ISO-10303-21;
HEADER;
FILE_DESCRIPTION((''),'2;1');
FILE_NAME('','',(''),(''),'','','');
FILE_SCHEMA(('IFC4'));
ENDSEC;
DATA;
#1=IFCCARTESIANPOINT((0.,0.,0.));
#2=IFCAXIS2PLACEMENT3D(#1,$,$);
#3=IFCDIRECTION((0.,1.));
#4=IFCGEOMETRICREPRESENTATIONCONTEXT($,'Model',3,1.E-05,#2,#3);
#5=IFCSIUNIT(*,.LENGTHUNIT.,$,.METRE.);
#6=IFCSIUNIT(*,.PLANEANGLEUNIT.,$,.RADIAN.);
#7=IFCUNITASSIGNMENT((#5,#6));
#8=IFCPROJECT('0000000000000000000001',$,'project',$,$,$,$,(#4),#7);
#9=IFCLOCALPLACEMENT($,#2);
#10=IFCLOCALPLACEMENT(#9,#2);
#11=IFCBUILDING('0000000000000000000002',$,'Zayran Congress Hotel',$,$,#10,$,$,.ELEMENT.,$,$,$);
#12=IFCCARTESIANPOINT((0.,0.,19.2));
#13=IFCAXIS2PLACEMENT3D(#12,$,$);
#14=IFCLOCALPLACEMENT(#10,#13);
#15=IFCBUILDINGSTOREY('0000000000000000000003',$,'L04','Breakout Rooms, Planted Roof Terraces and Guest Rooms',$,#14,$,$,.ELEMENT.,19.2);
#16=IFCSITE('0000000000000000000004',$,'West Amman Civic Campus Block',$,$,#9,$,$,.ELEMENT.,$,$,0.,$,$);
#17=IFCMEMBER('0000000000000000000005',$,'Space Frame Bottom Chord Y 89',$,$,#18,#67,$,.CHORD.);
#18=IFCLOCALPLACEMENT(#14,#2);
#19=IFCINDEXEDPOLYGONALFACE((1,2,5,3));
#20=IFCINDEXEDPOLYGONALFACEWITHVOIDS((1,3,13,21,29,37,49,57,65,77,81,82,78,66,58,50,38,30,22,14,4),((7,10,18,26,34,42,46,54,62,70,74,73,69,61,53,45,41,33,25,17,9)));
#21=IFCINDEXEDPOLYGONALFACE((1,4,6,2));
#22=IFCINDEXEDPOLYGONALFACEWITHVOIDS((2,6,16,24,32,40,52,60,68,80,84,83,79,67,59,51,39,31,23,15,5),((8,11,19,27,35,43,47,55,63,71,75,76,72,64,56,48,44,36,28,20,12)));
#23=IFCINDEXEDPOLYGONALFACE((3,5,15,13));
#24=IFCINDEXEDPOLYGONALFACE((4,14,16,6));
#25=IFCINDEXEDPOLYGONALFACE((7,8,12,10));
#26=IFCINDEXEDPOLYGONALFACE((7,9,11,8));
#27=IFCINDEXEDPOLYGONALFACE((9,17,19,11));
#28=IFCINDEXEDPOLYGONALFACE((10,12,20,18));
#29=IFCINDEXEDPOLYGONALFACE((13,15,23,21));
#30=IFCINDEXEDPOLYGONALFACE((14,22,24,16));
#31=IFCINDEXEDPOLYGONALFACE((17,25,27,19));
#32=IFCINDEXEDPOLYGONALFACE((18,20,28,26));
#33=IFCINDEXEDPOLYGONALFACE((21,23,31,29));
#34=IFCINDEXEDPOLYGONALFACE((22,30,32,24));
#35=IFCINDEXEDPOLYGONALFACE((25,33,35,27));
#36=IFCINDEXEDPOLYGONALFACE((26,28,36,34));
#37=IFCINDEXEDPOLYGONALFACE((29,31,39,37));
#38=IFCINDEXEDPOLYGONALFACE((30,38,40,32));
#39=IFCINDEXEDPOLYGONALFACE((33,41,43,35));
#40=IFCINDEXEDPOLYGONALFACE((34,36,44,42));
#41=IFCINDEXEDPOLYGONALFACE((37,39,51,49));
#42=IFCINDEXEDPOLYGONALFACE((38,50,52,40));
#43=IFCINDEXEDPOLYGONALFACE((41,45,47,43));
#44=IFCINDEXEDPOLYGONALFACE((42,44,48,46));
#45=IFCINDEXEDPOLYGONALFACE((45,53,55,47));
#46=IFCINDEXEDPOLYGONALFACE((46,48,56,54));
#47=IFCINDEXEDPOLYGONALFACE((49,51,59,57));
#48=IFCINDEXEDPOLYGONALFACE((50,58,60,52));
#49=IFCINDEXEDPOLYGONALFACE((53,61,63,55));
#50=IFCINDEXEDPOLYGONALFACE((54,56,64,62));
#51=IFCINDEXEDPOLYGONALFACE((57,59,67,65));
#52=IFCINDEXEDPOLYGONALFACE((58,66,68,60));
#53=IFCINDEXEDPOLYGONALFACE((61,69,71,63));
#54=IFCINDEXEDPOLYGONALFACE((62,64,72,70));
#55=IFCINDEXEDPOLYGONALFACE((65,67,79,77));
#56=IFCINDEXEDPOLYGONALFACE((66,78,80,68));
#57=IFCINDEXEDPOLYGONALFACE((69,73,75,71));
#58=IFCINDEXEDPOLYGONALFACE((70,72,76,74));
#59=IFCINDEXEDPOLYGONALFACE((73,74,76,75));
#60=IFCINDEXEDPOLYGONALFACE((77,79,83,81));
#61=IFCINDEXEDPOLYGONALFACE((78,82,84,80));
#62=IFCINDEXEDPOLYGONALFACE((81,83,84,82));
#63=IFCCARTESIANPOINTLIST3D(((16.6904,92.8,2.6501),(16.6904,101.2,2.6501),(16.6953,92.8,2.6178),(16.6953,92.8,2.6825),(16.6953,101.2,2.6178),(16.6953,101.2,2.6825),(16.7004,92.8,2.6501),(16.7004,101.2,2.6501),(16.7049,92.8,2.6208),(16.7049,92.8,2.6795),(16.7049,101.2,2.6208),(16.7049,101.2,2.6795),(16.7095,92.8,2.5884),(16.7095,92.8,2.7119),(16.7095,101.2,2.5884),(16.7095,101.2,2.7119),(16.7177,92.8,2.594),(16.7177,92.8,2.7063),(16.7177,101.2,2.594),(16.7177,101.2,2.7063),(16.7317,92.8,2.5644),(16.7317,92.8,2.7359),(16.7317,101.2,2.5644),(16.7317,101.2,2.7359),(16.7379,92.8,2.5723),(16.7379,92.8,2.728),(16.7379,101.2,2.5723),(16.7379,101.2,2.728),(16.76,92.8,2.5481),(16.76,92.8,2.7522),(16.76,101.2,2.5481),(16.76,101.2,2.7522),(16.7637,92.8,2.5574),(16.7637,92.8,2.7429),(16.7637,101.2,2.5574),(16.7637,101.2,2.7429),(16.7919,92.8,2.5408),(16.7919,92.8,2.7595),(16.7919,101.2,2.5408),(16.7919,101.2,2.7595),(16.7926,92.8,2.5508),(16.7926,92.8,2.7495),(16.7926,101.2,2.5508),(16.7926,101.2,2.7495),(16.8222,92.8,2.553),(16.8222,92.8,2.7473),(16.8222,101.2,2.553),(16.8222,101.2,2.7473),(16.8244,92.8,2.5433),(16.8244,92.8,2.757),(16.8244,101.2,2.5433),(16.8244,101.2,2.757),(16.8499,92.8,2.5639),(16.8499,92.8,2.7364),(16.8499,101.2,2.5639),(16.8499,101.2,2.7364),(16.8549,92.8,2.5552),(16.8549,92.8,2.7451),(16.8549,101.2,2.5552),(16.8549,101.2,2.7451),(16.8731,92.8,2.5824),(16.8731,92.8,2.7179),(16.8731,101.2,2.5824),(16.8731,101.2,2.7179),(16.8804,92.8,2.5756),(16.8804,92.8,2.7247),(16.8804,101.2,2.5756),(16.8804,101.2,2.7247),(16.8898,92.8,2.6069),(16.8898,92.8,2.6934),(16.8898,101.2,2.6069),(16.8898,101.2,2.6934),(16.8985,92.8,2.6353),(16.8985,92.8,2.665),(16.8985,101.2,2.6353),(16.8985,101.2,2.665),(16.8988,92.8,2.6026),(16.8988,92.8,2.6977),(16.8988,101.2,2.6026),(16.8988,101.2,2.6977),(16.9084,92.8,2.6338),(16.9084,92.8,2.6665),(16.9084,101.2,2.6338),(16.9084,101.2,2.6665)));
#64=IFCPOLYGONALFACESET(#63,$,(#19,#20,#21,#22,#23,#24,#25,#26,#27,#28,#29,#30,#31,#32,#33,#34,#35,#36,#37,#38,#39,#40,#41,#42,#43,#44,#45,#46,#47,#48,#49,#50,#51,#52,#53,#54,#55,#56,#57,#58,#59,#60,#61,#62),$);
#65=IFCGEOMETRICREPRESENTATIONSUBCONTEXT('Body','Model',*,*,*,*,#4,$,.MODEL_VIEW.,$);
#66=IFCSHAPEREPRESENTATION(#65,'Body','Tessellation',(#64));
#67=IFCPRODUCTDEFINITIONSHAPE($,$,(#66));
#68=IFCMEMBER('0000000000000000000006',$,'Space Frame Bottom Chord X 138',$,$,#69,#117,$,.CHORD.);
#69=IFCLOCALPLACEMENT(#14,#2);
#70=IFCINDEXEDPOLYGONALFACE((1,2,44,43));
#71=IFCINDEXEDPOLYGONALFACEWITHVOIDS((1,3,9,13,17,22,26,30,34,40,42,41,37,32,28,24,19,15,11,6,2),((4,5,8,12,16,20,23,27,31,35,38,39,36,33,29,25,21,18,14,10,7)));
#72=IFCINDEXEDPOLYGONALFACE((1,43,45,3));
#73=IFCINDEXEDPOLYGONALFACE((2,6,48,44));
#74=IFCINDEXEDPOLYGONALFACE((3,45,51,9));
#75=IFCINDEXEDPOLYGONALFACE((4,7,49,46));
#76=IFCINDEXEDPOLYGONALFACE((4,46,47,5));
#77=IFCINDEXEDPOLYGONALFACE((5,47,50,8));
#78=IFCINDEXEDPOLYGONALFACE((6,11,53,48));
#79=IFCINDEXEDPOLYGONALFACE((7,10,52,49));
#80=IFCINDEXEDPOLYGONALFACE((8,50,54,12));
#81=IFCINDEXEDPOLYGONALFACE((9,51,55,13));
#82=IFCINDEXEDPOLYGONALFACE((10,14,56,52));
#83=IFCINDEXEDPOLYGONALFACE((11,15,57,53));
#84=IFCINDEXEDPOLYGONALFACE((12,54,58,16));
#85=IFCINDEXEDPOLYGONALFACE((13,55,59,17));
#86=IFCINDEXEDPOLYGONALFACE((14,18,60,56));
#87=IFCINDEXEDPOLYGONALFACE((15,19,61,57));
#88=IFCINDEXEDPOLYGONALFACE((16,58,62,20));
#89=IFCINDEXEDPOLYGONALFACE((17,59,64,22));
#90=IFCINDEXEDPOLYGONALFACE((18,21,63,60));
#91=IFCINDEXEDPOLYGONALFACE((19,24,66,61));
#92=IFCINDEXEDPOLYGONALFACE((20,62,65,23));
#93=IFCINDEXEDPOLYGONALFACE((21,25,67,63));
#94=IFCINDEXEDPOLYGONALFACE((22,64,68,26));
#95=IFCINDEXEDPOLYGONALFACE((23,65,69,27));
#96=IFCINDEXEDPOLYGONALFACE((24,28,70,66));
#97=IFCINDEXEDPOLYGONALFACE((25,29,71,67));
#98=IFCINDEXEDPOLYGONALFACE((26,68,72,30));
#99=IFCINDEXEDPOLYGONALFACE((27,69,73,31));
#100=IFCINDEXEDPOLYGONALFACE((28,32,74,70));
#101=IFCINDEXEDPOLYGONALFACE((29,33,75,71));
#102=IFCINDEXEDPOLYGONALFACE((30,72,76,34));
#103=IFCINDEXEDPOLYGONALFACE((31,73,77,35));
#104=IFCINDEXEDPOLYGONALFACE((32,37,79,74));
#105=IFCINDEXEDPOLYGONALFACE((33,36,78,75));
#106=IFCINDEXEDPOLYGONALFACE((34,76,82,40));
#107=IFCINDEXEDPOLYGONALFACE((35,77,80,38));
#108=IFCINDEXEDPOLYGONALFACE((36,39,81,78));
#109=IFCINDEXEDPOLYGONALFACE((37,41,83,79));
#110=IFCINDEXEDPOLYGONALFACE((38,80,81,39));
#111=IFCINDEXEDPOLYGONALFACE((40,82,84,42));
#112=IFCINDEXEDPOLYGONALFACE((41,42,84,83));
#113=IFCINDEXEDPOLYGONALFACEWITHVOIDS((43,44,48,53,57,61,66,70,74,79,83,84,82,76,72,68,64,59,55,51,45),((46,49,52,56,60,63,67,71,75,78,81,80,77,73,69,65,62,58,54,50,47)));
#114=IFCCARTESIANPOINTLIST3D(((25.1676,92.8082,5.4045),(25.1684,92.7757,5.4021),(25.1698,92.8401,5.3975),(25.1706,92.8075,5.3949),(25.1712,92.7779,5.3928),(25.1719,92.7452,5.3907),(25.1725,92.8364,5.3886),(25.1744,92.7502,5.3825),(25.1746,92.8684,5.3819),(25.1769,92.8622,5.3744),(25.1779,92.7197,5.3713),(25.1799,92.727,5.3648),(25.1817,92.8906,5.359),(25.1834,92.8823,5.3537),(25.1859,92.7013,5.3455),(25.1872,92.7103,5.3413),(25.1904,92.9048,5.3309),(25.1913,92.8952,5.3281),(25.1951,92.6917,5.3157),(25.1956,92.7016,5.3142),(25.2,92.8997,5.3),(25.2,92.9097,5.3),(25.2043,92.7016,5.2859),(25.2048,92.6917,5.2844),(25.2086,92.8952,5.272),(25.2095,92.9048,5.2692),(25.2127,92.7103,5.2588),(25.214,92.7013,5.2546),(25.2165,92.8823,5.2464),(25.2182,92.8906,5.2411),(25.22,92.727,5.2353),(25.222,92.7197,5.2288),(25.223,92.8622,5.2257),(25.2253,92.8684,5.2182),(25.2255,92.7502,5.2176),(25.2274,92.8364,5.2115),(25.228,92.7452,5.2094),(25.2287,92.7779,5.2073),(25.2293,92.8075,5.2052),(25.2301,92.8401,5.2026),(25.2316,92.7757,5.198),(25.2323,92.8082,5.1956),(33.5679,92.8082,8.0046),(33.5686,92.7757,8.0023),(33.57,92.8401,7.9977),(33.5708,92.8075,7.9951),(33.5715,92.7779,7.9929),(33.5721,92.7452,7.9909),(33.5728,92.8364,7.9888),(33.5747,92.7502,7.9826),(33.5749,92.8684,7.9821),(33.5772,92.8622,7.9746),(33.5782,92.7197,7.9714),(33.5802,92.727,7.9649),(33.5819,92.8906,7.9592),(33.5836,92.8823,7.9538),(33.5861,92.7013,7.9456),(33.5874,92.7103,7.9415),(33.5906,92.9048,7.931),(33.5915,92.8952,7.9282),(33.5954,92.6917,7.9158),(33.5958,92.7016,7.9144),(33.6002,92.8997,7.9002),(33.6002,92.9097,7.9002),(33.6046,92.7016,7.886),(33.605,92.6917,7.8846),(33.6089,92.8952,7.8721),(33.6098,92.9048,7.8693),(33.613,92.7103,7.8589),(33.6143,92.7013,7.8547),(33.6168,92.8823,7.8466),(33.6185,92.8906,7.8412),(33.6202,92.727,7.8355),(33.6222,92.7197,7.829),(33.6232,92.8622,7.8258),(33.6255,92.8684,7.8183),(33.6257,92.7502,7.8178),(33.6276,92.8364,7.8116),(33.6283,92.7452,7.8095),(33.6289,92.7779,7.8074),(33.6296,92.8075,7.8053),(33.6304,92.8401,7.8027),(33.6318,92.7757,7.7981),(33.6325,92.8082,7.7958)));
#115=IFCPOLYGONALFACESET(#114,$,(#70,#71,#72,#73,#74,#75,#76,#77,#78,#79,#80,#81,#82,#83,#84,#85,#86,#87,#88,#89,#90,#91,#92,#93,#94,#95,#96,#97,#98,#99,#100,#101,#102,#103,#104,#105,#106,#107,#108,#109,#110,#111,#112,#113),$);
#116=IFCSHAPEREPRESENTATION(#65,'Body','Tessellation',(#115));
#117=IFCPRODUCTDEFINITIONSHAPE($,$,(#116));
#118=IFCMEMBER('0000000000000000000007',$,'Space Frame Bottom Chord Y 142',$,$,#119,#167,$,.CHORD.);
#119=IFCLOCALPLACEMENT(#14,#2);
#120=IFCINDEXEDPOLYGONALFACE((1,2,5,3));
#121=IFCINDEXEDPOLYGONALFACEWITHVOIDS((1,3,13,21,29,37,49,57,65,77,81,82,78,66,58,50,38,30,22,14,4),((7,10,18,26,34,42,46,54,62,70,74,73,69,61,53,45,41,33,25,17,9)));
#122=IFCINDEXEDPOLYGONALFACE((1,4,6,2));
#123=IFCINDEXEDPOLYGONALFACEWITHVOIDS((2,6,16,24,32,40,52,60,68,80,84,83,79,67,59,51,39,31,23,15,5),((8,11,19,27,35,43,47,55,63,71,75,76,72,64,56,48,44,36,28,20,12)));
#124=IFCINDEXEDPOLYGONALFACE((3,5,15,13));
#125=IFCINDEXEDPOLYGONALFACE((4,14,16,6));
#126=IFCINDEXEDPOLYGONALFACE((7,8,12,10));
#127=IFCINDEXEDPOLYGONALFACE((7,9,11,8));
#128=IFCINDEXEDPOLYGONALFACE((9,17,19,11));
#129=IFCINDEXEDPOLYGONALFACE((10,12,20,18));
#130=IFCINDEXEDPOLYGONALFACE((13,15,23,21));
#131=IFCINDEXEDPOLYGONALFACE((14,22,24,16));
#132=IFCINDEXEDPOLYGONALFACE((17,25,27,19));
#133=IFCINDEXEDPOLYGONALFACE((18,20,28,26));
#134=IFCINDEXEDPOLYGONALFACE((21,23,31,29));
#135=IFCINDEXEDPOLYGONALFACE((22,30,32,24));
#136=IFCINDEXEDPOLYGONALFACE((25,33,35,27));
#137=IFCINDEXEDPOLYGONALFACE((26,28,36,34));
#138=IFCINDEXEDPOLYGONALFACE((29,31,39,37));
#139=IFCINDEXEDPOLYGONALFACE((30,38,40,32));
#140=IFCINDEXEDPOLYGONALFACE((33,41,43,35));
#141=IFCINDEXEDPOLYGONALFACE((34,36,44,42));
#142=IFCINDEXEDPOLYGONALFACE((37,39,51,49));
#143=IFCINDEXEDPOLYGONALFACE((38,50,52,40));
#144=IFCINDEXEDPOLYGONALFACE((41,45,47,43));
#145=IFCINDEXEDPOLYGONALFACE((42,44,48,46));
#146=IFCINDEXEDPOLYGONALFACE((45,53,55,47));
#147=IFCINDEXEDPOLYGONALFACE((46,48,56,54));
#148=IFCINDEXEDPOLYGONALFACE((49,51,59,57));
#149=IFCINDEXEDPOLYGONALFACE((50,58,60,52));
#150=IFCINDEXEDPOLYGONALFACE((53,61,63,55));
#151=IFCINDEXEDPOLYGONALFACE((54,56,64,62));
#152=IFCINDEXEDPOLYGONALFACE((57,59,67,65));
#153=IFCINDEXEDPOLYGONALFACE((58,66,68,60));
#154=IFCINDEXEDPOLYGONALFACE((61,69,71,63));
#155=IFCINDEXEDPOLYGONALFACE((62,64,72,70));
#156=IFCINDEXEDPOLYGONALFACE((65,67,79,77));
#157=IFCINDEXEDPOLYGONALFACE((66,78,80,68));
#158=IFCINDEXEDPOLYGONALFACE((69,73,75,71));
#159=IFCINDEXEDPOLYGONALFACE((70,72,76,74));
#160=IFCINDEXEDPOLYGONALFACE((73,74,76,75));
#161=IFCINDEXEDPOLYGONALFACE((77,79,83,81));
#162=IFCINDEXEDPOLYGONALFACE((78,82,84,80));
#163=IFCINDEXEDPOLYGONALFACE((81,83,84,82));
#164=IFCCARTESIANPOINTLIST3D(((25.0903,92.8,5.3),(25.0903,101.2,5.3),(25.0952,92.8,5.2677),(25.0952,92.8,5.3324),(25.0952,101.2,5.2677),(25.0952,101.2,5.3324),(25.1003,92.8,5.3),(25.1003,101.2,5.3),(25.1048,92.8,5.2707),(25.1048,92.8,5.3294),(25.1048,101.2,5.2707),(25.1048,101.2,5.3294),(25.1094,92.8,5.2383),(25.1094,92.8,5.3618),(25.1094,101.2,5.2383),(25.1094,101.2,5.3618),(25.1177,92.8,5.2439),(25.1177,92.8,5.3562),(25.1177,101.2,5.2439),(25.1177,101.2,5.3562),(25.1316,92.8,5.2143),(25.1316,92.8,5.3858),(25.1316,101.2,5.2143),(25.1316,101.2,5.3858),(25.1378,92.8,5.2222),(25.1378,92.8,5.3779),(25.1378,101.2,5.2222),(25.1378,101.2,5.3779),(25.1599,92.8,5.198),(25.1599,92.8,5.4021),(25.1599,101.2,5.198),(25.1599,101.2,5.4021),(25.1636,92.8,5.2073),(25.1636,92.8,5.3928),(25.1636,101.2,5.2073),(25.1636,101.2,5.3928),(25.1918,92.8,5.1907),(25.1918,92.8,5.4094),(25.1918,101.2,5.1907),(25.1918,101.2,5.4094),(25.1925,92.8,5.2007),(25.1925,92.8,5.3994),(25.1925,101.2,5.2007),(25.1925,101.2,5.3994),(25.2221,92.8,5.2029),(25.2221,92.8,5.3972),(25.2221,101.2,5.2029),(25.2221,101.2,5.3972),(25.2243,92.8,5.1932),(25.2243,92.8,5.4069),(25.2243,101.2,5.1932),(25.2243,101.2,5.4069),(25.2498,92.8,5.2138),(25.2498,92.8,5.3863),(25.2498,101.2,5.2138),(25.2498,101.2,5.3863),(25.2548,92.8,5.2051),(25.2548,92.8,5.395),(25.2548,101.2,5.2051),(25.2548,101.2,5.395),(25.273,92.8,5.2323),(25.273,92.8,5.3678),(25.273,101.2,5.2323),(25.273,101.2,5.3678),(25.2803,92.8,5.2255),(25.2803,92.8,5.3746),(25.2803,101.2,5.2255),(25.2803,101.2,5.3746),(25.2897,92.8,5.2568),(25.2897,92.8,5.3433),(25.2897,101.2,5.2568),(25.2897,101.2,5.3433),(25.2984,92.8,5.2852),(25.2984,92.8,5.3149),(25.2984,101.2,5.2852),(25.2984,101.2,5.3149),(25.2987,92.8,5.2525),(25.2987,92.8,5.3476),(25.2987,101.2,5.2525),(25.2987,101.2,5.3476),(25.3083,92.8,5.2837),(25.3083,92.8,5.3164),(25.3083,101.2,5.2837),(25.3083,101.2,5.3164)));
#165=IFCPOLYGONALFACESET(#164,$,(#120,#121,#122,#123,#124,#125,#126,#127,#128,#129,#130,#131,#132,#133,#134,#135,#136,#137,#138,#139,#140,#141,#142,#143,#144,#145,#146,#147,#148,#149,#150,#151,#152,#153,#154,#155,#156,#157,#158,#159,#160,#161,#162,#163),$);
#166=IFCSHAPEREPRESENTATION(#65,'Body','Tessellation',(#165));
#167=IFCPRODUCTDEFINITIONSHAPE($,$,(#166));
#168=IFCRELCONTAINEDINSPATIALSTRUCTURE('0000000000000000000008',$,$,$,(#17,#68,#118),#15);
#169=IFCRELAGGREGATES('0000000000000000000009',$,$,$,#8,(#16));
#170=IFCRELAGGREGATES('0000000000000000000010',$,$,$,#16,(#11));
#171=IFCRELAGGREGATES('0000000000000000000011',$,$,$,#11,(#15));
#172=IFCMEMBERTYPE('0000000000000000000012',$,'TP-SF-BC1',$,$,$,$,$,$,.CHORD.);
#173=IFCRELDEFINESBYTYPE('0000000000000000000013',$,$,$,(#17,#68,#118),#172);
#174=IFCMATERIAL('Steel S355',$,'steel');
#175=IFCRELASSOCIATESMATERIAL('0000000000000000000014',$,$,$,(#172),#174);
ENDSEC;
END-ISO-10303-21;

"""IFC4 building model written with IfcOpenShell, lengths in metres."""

from ifc_helpers import new_model, si_unit, direction, frame, origin, origin_2d, place, context, subcontext, project, spatial, hollow_circle, extrude, material, material_profile, profile_set, type_object, element, save


model = new_model("IFC4")

# Units and contexts
model_context = context("Model", 3, precision=1e-05, world=origin(), true_north=direction((0.0, 1.0)))
body_context = subcontext(model_context, "Body", "Model", "MODEL_VIEW")
ifc_project = project(units=[si_unit("LENGTHUNIT", "METRE"), si_unit("PLANEANGLEUNIT", "RADIAN")], contexts=[model_context])

# Site, building, storey
site_placement = place(None, origin())
site = spatial("IfcSite", under=ifc_project, at=site_placement, Name="West Amman Civic Campus Block", CompositionType="ELEMENT", RefElevation=0.0)
building_placement = place(site_placement, origin())
building = spatial("IfcBuilding", under=site, at=building_placement, Name="Zayran Congress Hotel", CompositionType="ELEMENT")
storey_placement = place(building_placement, frame((0.0, 0.0, 19.2)))
storey = spatial("IfcBuildingStorey", under=building, at=storey_placement, Name="L04", Description="Breakout Rooms, Planted Roof Terraces and Guest Rooms", CompositionType="ELEMENT", Elevation=19.2)

# Members
ifc_material_1 = material(Name="Steel S355", Category="steel")
ifc_material_profile_1 = material_profile(ifc_material_1, hollow_circle(Radius=0.1096, WallThickness=0.01, at=origin_2d()), Name="CHS 219.1x10")
ifc_profile_set_1 = profile_set([ifc_material_profile_1], Name="Steel S355")
member_type_1 = type_object("IfcMemberType", Name="TP-SF-BC1", PredefinedType="CHORD", material=ifc_profile_set_1)
member_1_placement = place(storey_placement, frame((16.8, 92.8, 2.6501), z_axis=(0.0, 1.0, 0.0), x_axis=(-1.0, 0.0, 0.0)))
element("IfcMember", 1, at=member_1_placement, inside=storey, type_object=member_type_1, Name="Space Frame Bottom Chord Y 89", PredefinedType="CHORD", context=body_context, shape_type="SweptSolid", body=[
    extrude(hollow_circle(Radius=0.1096, WallThickness=0.01, at=origin_2d()), origin(), (0.0, 0.0, 1.0), 8.3999),
])
member_2_placement = place(storey_placement, frame((25.2, 92.8, 5.3), z_axis=(0.955284, 0.0, 0.295689), x_axis=(0.0, 1.0, 0.0)))
element("IfcMember", 2, at=member_2_placement, inside=storey, type_object=member_type_1, Name="Space Frame Bottom Chord X 138", PredefinedType="CHORD", context=body_context, shape_type="SweptSolid", body=[
    extrude(hollow_circle(Radius=0.1096, WallThickness=0.01, at=origin_2d()), origin(), (0.0, 0.0, 1.0), 8.7935),
])
member_3_placement = place(storey_placement, frame((25.2, 92.8, 5.3), z_axis=(0.0, 1.0, 0.0), x_axis=(-1.0, 0.0, 0.0)))
element("IfcMember", 3, at=member_3_placement, inside=storey, type_object=member_type_1, Name="Space Frame Bottom Chord Y 142", PredefinedType="CHORD", context=body_context, shape_type="SweptSolid", body=[
    extrude(hollow_circle(Radius=0.1096, WallThickness=0.01, at=origin_2d()), origin(), (0.0, 0.0, 1.0), 8.3999),
])

save(model, "model.ifc")
